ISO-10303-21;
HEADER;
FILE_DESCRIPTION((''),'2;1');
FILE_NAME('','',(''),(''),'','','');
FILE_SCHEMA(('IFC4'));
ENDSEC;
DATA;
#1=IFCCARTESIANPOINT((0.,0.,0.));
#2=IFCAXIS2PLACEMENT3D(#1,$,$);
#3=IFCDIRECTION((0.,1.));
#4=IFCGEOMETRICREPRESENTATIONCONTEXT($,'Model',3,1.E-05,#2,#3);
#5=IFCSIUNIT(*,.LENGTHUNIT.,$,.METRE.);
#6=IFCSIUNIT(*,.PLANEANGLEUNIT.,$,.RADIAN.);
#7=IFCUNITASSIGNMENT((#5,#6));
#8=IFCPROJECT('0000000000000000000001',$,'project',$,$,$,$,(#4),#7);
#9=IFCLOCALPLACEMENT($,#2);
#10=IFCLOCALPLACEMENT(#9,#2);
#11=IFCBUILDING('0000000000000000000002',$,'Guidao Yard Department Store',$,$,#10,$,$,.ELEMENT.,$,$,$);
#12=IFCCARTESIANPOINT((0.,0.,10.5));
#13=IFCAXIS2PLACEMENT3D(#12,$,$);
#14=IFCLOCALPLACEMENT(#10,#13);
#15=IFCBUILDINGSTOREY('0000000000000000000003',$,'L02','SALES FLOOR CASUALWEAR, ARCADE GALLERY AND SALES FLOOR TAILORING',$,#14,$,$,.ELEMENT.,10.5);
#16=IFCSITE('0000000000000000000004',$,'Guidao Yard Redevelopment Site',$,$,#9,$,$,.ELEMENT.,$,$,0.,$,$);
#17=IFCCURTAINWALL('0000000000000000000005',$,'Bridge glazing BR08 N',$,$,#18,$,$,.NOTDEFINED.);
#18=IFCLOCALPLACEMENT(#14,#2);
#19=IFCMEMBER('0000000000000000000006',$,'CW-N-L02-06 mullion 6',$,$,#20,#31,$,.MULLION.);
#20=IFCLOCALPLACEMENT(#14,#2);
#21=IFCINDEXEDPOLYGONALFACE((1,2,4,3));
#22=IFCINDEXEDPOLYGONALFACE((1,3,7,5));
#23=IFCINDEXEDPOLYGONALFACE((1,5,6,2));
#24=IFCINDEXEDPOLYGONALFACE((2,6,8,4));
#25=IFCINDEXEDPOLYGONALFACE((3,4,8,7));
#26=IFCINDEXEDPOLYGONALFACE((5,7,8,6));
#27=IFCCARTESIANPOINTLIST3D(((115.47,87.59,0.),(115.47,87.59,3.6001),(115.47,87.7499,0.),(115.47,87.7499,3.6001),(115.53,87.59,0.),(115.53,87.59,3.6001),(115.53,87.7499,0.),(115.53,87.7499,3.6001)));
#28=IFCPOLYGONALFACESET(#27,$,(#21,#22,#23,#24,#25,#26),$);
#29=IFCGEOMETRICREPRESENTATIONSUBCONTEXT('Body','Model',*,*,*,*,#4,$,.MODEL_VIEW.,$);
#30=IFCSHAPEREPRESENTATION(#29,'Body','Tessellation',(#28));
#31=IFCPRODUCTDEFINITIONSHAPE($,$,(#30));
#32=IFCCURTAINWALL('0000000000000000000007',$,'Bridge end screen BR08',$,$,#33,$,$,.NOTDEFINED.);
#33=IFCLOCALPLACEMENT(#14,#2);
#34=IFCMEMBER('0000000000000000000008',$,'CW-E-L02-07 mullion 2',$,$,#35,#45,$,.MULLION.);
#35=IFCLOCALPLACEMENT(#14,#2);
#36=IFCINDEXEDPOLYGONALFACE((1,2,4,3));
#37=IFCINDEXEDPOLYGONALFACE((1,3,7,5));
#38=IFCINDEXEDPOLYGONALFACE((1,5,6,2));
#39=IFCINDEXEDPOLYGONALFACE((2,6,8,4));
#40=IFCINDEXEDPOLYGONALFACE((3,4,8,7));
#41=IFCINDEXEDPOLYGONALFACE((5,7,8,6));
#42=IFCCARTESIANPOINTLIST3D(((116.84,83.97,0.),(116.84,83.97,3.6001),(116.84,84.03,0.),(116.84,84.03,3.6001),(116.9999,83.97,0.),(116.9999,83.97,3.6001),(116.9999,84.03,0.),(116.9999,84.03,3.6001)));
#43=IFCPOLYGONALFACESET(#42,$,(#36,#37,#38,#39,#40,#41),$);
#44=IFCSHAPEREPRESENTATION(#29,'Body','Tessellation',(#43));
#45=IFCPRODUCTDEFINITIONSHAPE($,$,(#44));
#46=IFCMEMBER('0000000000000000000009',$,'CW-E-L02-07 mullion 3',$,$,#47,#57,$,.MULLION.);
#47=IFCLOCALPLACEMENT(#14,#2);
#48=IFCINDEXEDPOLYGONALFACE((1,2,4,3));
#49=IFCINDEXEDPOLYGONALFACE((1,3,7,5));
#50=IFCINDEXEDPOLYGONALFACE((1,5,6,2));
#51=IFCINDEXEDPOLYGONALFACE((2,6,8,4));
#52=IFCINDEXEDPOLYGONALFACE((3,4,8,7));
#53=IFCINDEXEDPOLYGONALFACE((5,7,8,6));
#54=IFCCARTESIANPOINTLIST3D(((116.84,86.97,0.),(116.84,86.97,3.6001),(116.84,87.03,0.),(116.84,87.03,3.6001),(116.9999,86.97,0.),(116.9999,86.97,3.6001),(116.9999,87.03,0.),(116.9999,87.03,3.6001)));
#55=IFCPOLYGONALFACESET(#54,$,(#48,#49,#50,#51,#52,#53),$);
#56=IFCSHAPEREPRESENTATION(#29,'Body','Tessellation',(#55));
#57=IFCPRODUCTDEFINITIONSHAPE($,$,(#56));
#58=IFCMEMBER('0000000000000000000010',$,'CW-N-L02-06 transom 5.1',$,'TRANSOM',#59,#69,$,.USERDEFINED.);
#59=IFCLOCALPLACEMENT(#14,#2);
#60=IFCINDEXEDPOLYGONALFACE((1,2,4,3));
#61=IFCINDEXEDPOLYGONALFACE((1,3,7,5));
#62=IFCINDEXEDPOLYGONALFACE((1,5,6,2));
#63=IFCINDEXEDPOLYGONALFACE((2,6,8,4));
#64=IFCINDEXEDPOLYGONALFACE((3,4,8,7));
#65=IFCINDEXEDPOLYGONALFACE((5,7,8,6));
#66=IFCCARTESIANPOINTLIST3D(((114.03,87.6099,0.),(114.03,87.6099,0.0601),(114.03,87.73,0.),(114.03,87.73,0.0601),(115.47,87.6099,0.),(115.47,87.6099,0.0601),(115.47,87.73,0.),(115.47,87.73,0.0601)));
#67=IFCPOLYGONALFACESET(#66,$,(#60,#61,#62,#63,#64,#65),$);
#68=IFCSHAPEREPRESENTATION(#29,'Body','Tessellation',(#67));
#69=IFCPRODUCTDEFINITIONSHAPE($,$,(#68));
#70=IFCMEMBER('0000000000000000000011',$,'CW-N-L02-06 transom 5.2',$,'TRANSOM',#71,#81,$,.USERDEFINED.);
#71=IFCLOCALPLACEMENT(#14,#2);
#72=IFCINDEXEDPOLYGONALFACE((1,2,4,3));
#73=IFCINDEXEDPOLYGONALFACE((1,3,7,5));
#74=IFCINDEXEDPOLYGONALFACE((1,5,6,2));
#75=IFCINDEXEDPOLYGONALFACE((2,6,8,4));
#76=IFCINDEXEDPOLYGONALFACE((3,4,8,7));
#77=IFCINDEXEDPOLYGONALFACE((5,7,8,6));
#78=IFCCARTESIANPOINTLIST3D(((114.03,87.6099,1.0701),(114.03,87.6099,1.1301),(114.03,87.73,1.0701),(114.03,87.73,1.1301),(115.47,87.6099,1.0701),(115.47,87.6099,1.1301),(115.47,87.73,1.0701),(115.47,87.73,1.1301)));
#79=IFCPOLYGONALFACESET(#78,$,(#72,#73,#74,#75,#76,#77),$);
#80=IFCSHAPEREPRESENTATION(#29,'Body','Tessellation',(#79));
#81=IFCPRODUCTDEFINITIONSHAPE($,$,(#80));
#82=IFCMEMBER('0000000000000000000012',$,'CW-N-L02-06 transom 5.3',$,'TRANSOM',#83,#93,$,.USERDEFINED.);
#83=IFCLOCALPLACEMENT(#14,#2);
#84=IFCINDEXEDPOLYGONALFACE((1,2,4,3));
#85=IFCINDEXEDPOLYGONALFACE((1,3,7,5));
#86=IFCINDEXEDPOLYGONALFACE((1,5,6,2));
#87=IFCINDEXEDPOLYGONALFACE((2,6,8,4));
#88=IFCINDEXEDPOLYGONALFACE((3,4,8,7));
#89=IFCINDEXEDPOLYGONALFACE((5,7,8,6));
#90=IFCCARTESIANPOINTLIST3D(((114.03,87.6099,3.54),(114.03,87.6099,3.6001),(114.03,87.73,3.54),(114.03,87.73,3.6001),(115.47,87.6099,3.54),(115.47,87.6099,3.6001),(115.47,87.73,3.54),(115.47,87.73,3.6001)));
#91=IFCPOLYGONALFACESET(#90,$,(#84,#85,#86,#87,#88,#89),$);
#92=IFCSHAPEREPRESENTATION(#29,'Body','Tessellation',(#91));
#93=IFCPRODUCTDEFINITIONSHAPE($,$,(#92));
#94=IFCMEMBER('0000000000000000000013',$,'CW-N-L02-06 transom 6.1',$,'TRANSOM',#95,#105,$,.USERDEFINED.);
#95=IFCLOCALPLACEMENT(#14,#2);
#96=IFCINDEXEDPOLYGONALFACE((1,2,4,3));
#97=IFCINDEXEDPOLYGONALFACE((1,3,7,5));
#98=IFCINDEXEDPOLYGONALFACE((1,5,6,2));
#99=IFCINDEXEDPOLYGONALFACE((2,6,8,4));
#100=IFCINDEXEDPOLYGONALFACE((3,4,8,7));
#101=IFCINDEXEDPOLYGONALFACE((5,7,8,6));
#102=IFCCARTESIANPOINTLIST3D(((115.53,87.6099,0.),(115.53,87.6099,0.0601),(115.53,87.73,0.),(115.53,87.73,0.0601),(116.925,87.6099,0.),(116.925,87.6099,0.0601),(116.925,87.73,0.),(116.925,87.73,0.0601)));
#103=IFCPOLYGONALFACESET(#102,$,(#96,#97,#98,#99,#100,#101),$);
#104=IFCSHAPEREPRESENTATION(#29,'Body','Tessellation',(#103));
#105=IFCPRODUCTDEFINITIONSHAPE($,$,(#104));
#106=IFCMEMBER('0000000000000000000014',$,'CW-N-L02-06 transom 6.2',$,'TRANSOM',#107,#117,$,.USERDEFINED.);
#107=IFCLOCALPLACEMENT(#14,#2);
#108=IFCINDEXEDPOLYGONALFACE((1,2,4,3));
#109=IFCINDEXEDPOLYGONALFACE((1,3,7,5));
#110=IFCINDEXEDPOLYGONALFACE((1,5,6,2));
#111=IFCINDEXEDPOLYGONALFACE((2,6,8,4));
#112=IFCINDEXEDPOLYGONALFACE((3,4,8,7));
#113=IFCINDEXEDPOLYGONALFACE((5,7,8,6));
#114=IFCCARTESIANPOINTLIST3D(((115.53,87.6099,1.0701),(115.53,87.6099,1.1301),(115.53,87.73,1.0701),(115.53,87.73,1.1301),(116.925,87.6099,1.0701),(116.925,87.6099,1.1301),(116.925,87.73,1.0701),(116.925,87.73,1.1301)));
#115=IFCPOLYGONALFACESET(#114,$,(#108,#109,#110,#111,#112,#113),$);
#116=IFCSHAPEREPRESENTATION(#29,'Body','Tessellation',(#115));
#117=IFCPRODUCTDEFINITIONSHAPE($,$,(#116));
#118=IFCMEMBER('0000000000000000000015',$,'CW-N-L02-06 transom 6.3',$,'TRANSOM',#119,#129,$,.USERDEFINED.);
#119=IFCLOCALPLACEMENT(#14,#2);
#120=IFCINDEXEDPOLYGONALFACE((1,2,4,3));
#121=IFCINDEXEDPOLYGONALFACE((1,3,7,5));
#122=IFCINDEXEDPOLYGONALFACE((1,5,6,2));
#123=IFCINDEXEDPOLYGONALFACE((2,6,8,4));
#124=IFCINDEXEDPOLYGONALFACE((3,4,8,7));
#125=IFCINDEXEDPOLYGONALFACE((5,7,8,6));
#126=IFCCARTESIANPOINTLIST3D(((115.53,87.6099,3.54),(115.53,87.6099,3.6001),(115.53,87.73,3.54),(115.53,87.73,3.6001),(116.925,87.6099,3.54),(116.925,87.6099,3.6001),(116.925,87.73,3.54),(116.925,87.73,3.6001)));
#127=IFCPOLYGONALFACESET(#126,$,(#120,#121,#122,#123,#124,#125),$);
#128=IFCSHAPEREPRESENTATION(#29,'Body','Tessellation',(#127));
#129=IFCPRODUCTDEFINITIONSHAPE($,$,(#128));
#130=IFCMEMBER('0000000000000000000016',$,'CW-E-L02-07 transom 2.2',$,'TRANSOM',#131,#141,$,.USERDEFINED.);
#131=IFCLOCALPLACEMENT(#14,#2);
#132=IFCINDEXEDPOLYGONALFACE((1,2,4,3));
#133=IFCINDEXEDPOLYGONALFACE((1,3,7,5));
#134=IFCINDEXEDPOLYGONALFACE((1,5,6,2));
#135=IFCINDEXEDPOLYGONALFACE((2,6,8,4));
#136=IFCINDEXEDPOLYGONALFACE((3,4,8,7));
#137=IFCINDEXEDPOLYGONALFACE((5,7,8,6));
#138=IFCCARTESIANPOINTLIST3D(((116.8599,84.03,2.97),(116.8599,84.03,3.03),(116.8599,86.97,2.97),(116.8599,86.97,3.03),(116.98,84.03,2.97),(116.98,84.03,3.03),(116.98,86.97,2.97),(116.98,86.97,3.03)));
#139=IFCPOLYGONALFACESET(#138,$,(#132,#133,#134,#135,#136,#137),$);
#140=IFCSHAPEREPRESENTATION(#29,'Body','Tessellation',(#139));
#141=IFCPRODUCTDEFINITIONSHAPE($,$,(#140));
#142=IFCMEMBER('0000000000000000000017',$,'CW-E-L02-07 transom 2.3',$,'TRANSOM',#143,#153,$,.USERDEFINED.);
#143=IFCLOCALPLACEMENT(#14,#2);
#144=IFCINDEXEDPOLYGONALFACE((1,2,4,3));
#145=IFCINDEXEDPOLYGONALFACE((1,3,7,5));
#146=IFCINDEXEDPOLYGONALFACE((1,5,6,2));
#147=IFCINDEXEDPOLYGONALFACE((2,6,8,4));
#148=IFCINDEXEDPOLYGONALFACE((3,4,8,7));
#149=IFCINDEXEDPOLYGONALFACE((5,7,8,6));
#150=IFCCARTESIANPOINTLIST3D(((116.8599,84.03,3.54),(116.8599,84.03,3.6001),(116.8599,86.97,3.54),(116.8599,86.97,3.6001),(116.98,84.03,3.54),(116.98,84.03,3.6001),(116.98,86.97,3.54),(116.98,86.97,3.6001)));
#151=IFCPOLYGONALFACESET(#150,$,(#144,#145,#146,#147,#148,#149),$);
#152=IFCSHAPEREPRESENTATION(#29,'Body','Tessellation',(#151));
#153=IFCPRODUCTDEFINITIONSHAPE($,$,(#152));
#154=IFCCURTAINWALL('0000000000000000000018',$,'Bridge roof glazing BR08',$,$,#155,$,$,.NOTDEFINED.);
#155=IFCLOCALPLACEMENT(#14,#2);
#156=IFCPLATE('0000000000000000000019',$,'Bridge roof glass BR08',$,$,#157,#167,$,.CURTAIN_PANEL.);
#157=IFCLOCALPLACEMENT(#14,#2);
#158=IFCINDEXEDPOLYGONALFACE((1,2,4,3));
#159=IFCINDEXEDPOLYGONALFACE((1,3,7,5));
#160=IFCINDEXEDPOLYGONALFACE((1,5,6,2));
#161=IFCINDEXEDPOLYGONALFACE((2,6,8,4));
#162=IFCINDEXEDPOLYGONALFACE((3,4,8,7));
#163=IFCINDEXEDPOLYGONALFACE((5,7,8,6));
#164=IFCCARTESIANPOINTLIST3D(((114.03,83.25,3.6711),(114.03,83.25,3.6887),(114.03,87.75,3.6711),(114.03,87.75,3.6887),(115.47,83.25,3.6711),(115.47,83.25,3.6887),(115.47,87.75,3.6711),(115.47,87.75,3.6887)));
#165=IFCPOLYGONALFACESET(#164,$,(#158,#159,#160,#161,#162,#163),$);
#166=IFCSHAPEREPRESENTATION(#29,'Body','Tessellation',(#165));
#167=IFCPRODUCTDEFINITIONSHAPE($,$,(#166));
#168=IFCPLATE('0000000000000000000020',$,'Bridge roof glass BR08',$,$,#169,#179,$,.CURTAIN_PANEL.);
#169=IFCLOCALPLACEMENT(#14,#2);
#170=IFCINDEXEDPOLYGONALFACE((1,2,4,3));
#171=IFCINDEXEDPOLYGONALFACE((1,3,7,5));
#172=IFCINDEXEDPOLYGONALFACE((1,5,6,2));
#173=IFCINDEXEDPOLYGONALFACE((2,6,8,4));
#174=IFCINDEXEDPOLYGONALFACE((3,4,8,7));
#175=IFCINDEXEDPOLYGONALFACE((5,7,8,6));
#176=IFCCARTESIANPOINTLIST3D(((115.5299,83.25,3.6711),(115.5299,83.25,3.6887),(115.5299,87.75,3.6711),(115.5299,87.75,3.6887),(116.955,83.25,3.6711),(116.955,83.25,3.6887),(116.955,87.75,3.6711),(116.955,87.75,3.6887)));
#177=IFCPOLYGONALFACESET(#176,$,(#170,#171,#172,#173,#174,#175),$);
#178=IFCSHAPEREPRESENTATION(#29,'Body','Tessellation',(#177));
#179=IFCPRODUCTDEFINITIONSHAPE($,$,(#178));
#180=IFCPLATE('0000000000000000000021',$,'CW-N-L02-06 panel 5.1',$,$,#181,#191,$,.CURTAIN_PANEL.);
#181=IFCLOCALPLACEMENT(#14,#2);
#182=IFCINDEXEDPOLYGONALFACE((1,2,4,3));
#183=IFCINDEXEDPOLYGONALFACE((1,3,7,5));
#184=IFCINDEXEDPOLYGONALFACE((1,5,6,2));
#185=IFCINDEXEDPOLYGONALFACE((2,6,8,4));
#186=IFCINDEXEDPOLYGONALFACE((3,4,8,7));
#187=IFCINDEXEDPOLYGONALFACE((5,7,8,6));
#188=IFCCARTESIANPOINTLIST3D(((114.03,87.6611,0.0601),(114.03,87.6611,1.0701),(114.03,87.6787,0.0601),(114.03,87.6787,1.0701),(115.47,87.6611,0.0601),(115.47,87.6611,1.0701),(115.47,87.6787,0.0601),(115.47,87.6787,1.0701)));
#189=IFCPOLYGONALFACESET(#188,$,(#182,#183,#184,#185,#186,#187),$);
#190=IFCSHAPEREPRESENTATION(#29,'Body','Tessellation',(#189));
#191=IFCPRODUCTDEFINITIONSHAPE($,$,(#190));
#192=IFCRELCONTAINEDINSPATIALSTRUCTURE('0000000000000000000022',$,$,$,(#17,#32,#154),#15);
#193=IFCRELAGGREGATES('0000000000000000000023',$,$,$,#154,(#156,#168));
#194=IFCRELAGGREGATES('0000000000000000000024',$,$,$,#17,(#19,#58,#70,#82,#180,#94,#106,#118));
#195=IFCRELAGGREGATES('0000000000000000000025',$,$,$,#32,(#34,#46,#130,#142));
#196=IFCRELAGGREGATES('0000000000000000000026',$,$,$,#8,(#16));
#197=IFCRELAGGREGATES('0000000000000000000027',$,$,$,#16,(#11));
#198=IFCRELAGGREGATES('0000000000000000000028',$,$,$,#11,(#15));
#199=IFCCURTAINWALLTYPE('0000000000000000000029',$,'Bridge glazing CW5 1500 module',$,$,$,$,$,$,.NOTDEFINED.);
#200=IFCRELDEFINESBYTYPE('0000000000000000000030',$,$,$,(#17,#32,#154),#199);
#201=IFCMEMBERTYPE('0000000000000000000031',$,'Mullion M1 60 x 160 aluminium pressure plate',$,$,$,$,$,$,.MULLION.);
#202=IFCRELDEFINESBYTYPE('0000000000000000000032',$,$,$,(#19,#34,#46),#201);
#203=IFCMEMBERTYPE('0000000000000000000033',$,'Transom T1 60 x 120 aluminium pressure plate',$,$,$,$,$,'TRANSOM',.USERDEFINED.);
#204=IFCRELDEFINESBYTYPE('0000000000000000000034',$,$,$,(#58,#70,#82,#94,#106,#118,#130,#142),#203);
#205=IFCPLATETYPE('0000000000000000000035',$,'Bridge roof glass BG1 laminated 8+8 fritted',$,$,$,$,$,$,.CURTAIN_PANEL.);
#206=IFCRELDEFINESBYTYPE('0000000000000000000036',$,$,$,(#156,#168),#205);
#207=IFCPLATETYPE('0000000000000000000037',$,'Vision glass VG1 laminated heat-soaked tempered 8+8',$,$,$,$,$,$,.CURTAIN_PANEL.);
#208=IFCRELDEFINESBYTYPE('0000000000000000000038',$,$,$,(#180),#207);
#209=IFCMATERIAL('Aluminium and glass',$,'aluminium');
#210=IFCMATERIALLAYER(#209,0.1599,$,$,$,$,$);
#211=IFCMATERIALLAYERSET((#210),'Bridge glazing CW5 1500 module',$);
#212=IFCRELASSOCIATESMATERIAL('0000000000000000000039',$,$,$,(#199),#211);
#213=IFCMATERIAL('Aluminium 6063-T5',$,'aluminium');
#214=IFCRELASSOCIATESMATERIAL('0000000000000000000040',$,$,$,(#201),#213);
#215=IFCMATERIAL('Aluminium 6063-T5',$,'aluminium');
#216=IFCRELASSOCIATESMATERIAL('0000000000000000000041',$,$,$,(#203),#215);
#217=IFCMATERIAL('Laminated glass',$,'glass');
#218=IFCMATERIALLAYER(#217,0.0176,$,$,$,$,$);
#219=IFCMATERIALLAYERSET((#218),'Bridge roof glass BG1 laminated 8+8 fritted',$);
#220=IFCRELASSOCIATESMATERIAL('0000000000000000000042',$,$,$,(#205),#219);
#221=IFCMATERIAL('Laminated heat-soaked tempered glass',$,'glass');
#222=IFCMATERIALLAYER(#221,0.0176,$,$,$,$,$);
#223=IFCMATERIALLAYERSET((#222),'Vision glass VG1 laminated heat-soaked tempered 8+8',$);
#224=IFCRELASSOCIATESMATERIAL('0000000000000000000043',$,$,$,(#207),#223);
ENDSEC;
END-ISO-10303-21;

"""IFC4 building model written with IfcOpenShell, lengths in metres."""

from ifc_helpers import new_model, si_unit, direction, frame, origin, origin_2d, place, context, subcontext, project, spatial, rectangle, extrude, material, layer, layer_set, material_profile, profile_set, type_object, element, aggregate, save


model = new_model("IFC4")

# Units and contexts
model_context = context("Model", 3, precision=1e-05, world=origin(), true_north=direction((0.0, 1.0)))
body_context = subcontext(model_context, "Body", "Model", "MODEL_VIEW")
ifc_project = project(units=[si_unit("LENGTHUNIT", "METRE"), si_unit("PLANEANGLEUNIT", "RADIAN")], contexts=[model_context])

# Site, building, storey
site_placement = place(None, origin())
site = spatial("IfcSite", under=ifc_project, at=site_placement, Name="Guidao Yard Redevelopment Site", CompositionType="ELEMENT", RefElevation=0.0)
building_placement = place(site_placement, origin())
building = spatial("IfcBuilding", under=site, at=building_placement, Name="Guidao Yard Department Store", CompositionType="ELEMENT")
storey_placement = place(building_placement, frame((0.0, 0.0, 10.5)))
storey = spatial("IfcBuildingStorey", under=building, at=storey_placement, Name="L02", Description="SALES FLOOR CASUALWEAR, ARCADE GALLERY AND SALES FLOOR TAILORING", CompositionType="ELEMENT", Elevation=10.5)

# Curtain wall, member
ifc_material_1 = material(Name="Aluminium and glass", Category="aluminium")
ifc_layer_1 = layer(ifc_material_1, 0.1599)
ifc_layer_set_1 = layer_set([ifc_layer_1], Name="Bridge glazing CW5 1500 module")
curtain_wall_type = type_object("IfcCurtainWallType", Name="Bridge glazing CW5 1500 module", PredefinedType="NOTDEFINED", material=ifc_layer_set_1)
curtain_wall_1_placement = place(storey_placement, origin())
curtain_wall_1 = element("IfcCurtainWall", 1, at=curtain_wall_1_placement, inside=storey, type_object=curtain_wall_type, Name="Bridge glazing BR08 N", PredefinedType="NOTDEFINED")
ifc_material_2 = material(Name="Aluminium 6063-T5", Category="aluminium")
ifc_material_profile_1 = material_profile(ifc_material_2, rectangle(XDim=0.0601, YDim=0.1599, at=origin_2d()), Name="Mullion M1 60 x 160 aluminium pressure plate")
ifc_profile_set_1 = profile_set([ifc_material_profile_1], Name="Aluminium 6063-T5")
member_type_1 = type_object("IfcMemberType", Name="Mullion M1 60 x 160 aluminium pressure plate", PredefinedType="MULLION", material=ifc_profile_set_1)
member_1_placement = place(storey_placement, frame((115.5, 87.6699, 0.0), z_axis=(0.0, 0.0, 1.0), x_axis=(1.0, 0.0, 0.0)))
member_1 = element("IfcMember", 2, at=member_1_placement, type_object=member_type_1, Name="CW-N-L02-06 mullion 6", PredefinedType="MULLION", context=body_context, shape_type="SweptSolid", body=[
    extrude(rectangle(XDim=0.0601, YDim=0.1599, at=origin_2d()), origin(), (0.0, 0.0, 1.0), 3.6001),
])

# Curtain wall, members
curtain_wall_2_placement = place(storey_placement, origin())
curtain_wall_2 = element("IfcCurtainWall", 3, at=curtain_wall_2_placement, inside=storey, type_object=curtain_wall_type, Name="Bridge end screen BR08", PredefinedType="NOTDEFINED")
member_2_placement = place(storey_placement, frame((116.9199, 84.0, 0.0), z_axis=(0.0, 0.0, 1.0), x_axis=(0.0, -1.0, 0.0)))
member_2 = element("IfcMember", 4, at=member_2_placement, type_object=member_type_1, Name="CW-E-L02-07 mullion 2", PredefinedType="MULLION", context=body_context, shape_type="SweptSolid", body=[
    extrude(rectangle(XDim=0.0601, YDim=0.1599, at=origin_2d()), origin(), (0.0, 0.0, 1.0), 3.6001),
])
member_3_placement = place(storey_placement, frame((116.9199, 87.0, 0.0), z_axis=(0.0, 0.0, 1.0), x_axis=(0.0, -1.0, 0.0)))
member_3 = element("IfcMember", 5, at=member_3_placement, type_object=member_type_1, Name="CW-E-L02-07 mullion 3", PredefinedType="MULLION", context=body_context, shape_type="SweptSolid", body=[
    extrude(rectangle(XDim=0.0601, YDim=0.1599, at=origin_2d()), origin(), (0.0, 0.0, 1.0), 3.6001),
])

# Members
ifc_material_3 = material(Name="Aluminium 6063-T5", Category="aluminium")
ifc_material_profile_2 = material_profile(ifc_material_3, rectangle(XDim=0.1201, YDim=0.0601, at=origin_2d()), Name="Transom T1 60 x 120 aluminium pressure plate")
ifc_profile_set_2 = profile_set([ifc_material_profile_2], Name="Aluminium 6063-T5")
member_type_2 = type_object("IfcMemberType", Name="Transom T1 60 x 120 aluminium pressure plate", ElementType="TRANSOM", PredefinedType="USERDEFINED", material=ifc_profile_set_2)
member_4_placement = place(storey_placement, frame((114.03, 87.6699, 0.03), z_axis=(1.0, 0.0, 0.0), x_axis=(0.0, 1.0, 0.0)))
member_4 = element("IfcMember", 6, at=member_4_placement, type_object=member_type_2, Name="CW-N-L02-06 transom 5.1", ObjectType="TRANSOM", PredefinedType="USERDEFINED", context=body_context, shape_type="SweptSolid", body=[
    extrude(rectangle(XDim=0.1201, YDim=0.0601, at=origin_2d()), origin(), (0.0, 0.0, 1.0), 1.4399),
])
member_5_placement = place(storey_placement, frame((114.03, 87.6699, 1.1001), z_axis=(1.0, 0.0, 0.0), x_axis=(0.0, 1.0, 0.0)))
member_5 = element("IfcMember", 7, at=member_5_placement, type_object=member_type_2, Name="CW-N-L02-06 transom 5.2", ObjectType="TRANSOM", PredefinedType="USERDEFINED", context=body_context, shape_type="SweptSolid", body=[
    extrude(rectangle(XDim=0.1201, YDim=0.0601, at=origin_2d()), origin(), (0.0, 0.0, 1.0), 1.4399),
])
member_6_placement = place(storey_placement, frame((114.03, 87.6699, 3.5701), z_axis=(1.0, 0.0, 0.0), x_axis=(0.0, 1.0, 0.0)))
member_6 = element("IfcMember", 8, at=member_6_placement, type_object=member_type_2, Name="CW-N-L02-06 transom 5.3", ObjectType="TRANSOM", PredefinedType="USERDEFINED", context=body_context, shape_type="SweptSolid", body=[
    extrude(rectangle(XDim=0.1201, YDim=0.0601, at=origin_2d()), origin(), (0.0, 0.0, 1.0), 1.4399),
])
member_7_placement = place(storey_placement, frame((115.53, 87.6699, 0.03), z_axis=(1.0, 0.0, 0.0), x_axis=(0.0, 1.0, 0.0)))
member_7 = element("IfcMember", 9, at=member_7_placement, type_object=member_type_2, Name="CW-N-L02-06 transom 6.1", ObjectType="TRANSOM", PredefinedType="USERDEFINED", context=body_context, shape_type="SweptSolid", body=[
    extrude(rectangle(XDim=0.1201, YDim=0.0601, at=origin_2d()), origin(), (0.0, 0.0, 1.0), 1.395),
])
member_8_placement = place(storey_placement, frame((115.53, 87.6699, 1.1001), z_axis=(1.0, 0.0, 0.0), x_axis=(0.0, 1.0, 0.0)))
member_8 = element("IfcMember", 10, at=member_8_placement, type_object=member_type_2, Name="CW-N-L02-06 transom 6.2", ObjectType="TRANSOM", PredefinedType="USERDEFINED", context=body_context, shape_type="SweptSolid", body=[
    extrude(rectangle(XDim=0.1201, YDim=0.0601, at=origin_2d()), origin(), (0.0, 0.0, 1.0), 1.395),
])
member_9_placement = place(storey_placement, frame((115.53, 87.6699, 3.5701), z_axis=(1.0, 0.0, 0.0), x_axis=(0.0, 1.0, 0.0)))
member_9 = element("IfcMember", 11, at=member_9_placement, type_object=member_type_2, Name="CW-N-L02-06 transom 6.3", ObjectType="TRANSOM", PredefinedType="USERDEFINED", context=body_context, shape_type="SweptSolid", body=[
    extrude(rectangle(XDim=0.1201, YDim=0.0601, at=origin_2d()), origin(), (0.0, 0.0, 1.0), 1.395),
])
member_10_placement = place(storey_placement, frame((116.9199, 86.97, 3.0), z_axis=(0.0, -1.0, 0.0), x_axis=(1.0, 0.0, 0.0)))
member_10 = element("IfcMember", 12, at=member_10_placement, type_object=member_type_2, Name="CW-E-L02-07 transom 2.2", ObjectType="TRANSOM", PredefinedType="USERDEFINED", context=body_context, shape_type="SweptSolid", body=[
    extrude(rectangle(XDim=0.1201, YDim=0.0601, at=origin_2d()), origin(), (0.0, 0.0, 1.0), 2.9399),
])
member_11_placement = place(storey_placement, frame((116.9199, 86.97, 3.5701), z_axis=(0.0, -1.0, 0.0), x_axis=(1.0, 0.0, 0.0)))
member_11 = element("IfcMember", 13, at=member_11_placement, type_object=member_type_2, Name="CW-E-L02-07 transom 2.3", ObjectType="TRANSOM", PredefinedType="USERDEFINED", context=body_context, shape_type="SweptSolid", body=[
    extrude(rectangle(XDim=0.1201, YDim=0.0601, at=origin_2d()), origin(), (0.0, 0.0, 1.0), 2.9399),
])

# Curtain wall, plates
curtain_wall_3_placement = place(storey_placement, origin())
curtain_wall_3 = element("IfcCurtainWall", 14, at=curtain_wall_3_placement, inside=storey, type_object=curtain_wall_type, Name="Bridge roof glazing BR08", PredefinedType="NOTDEFINED")
ifc_material_4 = material(Name="Laminated glass", Category="glass")
ifc_layer_2 = layer(ifc_material_4, 0.0176)
ifc_layer_set_2 = layer_set([ifc_layer_2], Name="Bridge roof glass BG1 laminated 8+8 fritted")
plate_type_1 = type_object("IfcPlateType", Name="Bridge roof glass BG1 laminated 8+8 fritted", PredefinedType="CURTAIN_PANEL", material=ifc_layer_set_2)
plate_1_placement = place(storey_placement, frame((114.75, 85.5, 3.6711), z_axis=(0.0, 0.0, 1.0), x_axis=(1.0, 0.0, 0.0)))
plate_1 = element("IfcPlate", 15, at=plate_1_placement, type_object=plate_type_1, Name="Bridge roof glass BR08", PredefinedType="CURTAIN_PANEL", context=body_context, shape_type="SweptSolid", body=[
    extrude(rectangle(XDim=1.4399, YDim=4.5, at=origin_2d()), origin(), (0.0, 0.0, 1.0), 0.0176),
])
plate_2_placement = place(storey_placement, frame((116.2424, 85.5, 3.6711), z_axis=(0.0, 0.0, 1.0), x_axis=(1.0, 0.0, 0.0)))
plate_2 = element("IfcPlate", 16, at=plate_2_placement, type_object=plate_type_1, Name="Bridge roof glass BR08", PredefinedType="CURTAIN_PANEL", context=body_context, shape_type="SweptSolid", body=[
    extrude(rectangle(XDim=1.425, YDim=4.5, at=origin_2d()), origin(), (0.0, 0.0, 1.0), 0.0176),
])
aggregate(curtain_wall_3, [plate_1, plate_2])

# Plate
ifc_material_5 = material(Name="Laminated heat-soaked tempered glass", Category="glass")
ifc_layer_3 = layer(ifc_material_5, 0.0176)
ifc_layer_set_3 = layer_set([ifc_layer_3], Name="Vision glass VG1 laminated heat-soaked tempered 8+8")
plate_type_2 = type_object("IfcPlateType", Name="Vision glass VG1 laminated heat-soaked tempered 8+8", PredefinedType="CURTAIN_PANEL", material=ifc_layer_set_3)
plate_3_placement = place(storey_placement, frame((114.75, 87.6699, 0.0601), z_axis=(0.0, 0.0, 1.0), x_axis=(1.0, 0.0, 0.0)))
plate_3 = element("IfcPlate", 17, at=plate_3_placement, type_object=plate_type_2, Name="CW-N-L02-06 panel 5.1", PredefinedType="CURTAIN_PANEL", context=body_context, shape_type="SweptSolid", body=[
    extrude(rectangle(XDim=1.4399, YDim=0.0176, at=origin_2d()), origin(), (0.0, 0.0, 1.0), 1.01),
])
aggregate(curtain_wall_1, [member_1, member_4, member_5, member_6, plate_3, member_7, member_8, member_9])
aggregate(curtain_wall_2, [member_2, member_3, member_10, member_11])

save(model, "model.ifc")
